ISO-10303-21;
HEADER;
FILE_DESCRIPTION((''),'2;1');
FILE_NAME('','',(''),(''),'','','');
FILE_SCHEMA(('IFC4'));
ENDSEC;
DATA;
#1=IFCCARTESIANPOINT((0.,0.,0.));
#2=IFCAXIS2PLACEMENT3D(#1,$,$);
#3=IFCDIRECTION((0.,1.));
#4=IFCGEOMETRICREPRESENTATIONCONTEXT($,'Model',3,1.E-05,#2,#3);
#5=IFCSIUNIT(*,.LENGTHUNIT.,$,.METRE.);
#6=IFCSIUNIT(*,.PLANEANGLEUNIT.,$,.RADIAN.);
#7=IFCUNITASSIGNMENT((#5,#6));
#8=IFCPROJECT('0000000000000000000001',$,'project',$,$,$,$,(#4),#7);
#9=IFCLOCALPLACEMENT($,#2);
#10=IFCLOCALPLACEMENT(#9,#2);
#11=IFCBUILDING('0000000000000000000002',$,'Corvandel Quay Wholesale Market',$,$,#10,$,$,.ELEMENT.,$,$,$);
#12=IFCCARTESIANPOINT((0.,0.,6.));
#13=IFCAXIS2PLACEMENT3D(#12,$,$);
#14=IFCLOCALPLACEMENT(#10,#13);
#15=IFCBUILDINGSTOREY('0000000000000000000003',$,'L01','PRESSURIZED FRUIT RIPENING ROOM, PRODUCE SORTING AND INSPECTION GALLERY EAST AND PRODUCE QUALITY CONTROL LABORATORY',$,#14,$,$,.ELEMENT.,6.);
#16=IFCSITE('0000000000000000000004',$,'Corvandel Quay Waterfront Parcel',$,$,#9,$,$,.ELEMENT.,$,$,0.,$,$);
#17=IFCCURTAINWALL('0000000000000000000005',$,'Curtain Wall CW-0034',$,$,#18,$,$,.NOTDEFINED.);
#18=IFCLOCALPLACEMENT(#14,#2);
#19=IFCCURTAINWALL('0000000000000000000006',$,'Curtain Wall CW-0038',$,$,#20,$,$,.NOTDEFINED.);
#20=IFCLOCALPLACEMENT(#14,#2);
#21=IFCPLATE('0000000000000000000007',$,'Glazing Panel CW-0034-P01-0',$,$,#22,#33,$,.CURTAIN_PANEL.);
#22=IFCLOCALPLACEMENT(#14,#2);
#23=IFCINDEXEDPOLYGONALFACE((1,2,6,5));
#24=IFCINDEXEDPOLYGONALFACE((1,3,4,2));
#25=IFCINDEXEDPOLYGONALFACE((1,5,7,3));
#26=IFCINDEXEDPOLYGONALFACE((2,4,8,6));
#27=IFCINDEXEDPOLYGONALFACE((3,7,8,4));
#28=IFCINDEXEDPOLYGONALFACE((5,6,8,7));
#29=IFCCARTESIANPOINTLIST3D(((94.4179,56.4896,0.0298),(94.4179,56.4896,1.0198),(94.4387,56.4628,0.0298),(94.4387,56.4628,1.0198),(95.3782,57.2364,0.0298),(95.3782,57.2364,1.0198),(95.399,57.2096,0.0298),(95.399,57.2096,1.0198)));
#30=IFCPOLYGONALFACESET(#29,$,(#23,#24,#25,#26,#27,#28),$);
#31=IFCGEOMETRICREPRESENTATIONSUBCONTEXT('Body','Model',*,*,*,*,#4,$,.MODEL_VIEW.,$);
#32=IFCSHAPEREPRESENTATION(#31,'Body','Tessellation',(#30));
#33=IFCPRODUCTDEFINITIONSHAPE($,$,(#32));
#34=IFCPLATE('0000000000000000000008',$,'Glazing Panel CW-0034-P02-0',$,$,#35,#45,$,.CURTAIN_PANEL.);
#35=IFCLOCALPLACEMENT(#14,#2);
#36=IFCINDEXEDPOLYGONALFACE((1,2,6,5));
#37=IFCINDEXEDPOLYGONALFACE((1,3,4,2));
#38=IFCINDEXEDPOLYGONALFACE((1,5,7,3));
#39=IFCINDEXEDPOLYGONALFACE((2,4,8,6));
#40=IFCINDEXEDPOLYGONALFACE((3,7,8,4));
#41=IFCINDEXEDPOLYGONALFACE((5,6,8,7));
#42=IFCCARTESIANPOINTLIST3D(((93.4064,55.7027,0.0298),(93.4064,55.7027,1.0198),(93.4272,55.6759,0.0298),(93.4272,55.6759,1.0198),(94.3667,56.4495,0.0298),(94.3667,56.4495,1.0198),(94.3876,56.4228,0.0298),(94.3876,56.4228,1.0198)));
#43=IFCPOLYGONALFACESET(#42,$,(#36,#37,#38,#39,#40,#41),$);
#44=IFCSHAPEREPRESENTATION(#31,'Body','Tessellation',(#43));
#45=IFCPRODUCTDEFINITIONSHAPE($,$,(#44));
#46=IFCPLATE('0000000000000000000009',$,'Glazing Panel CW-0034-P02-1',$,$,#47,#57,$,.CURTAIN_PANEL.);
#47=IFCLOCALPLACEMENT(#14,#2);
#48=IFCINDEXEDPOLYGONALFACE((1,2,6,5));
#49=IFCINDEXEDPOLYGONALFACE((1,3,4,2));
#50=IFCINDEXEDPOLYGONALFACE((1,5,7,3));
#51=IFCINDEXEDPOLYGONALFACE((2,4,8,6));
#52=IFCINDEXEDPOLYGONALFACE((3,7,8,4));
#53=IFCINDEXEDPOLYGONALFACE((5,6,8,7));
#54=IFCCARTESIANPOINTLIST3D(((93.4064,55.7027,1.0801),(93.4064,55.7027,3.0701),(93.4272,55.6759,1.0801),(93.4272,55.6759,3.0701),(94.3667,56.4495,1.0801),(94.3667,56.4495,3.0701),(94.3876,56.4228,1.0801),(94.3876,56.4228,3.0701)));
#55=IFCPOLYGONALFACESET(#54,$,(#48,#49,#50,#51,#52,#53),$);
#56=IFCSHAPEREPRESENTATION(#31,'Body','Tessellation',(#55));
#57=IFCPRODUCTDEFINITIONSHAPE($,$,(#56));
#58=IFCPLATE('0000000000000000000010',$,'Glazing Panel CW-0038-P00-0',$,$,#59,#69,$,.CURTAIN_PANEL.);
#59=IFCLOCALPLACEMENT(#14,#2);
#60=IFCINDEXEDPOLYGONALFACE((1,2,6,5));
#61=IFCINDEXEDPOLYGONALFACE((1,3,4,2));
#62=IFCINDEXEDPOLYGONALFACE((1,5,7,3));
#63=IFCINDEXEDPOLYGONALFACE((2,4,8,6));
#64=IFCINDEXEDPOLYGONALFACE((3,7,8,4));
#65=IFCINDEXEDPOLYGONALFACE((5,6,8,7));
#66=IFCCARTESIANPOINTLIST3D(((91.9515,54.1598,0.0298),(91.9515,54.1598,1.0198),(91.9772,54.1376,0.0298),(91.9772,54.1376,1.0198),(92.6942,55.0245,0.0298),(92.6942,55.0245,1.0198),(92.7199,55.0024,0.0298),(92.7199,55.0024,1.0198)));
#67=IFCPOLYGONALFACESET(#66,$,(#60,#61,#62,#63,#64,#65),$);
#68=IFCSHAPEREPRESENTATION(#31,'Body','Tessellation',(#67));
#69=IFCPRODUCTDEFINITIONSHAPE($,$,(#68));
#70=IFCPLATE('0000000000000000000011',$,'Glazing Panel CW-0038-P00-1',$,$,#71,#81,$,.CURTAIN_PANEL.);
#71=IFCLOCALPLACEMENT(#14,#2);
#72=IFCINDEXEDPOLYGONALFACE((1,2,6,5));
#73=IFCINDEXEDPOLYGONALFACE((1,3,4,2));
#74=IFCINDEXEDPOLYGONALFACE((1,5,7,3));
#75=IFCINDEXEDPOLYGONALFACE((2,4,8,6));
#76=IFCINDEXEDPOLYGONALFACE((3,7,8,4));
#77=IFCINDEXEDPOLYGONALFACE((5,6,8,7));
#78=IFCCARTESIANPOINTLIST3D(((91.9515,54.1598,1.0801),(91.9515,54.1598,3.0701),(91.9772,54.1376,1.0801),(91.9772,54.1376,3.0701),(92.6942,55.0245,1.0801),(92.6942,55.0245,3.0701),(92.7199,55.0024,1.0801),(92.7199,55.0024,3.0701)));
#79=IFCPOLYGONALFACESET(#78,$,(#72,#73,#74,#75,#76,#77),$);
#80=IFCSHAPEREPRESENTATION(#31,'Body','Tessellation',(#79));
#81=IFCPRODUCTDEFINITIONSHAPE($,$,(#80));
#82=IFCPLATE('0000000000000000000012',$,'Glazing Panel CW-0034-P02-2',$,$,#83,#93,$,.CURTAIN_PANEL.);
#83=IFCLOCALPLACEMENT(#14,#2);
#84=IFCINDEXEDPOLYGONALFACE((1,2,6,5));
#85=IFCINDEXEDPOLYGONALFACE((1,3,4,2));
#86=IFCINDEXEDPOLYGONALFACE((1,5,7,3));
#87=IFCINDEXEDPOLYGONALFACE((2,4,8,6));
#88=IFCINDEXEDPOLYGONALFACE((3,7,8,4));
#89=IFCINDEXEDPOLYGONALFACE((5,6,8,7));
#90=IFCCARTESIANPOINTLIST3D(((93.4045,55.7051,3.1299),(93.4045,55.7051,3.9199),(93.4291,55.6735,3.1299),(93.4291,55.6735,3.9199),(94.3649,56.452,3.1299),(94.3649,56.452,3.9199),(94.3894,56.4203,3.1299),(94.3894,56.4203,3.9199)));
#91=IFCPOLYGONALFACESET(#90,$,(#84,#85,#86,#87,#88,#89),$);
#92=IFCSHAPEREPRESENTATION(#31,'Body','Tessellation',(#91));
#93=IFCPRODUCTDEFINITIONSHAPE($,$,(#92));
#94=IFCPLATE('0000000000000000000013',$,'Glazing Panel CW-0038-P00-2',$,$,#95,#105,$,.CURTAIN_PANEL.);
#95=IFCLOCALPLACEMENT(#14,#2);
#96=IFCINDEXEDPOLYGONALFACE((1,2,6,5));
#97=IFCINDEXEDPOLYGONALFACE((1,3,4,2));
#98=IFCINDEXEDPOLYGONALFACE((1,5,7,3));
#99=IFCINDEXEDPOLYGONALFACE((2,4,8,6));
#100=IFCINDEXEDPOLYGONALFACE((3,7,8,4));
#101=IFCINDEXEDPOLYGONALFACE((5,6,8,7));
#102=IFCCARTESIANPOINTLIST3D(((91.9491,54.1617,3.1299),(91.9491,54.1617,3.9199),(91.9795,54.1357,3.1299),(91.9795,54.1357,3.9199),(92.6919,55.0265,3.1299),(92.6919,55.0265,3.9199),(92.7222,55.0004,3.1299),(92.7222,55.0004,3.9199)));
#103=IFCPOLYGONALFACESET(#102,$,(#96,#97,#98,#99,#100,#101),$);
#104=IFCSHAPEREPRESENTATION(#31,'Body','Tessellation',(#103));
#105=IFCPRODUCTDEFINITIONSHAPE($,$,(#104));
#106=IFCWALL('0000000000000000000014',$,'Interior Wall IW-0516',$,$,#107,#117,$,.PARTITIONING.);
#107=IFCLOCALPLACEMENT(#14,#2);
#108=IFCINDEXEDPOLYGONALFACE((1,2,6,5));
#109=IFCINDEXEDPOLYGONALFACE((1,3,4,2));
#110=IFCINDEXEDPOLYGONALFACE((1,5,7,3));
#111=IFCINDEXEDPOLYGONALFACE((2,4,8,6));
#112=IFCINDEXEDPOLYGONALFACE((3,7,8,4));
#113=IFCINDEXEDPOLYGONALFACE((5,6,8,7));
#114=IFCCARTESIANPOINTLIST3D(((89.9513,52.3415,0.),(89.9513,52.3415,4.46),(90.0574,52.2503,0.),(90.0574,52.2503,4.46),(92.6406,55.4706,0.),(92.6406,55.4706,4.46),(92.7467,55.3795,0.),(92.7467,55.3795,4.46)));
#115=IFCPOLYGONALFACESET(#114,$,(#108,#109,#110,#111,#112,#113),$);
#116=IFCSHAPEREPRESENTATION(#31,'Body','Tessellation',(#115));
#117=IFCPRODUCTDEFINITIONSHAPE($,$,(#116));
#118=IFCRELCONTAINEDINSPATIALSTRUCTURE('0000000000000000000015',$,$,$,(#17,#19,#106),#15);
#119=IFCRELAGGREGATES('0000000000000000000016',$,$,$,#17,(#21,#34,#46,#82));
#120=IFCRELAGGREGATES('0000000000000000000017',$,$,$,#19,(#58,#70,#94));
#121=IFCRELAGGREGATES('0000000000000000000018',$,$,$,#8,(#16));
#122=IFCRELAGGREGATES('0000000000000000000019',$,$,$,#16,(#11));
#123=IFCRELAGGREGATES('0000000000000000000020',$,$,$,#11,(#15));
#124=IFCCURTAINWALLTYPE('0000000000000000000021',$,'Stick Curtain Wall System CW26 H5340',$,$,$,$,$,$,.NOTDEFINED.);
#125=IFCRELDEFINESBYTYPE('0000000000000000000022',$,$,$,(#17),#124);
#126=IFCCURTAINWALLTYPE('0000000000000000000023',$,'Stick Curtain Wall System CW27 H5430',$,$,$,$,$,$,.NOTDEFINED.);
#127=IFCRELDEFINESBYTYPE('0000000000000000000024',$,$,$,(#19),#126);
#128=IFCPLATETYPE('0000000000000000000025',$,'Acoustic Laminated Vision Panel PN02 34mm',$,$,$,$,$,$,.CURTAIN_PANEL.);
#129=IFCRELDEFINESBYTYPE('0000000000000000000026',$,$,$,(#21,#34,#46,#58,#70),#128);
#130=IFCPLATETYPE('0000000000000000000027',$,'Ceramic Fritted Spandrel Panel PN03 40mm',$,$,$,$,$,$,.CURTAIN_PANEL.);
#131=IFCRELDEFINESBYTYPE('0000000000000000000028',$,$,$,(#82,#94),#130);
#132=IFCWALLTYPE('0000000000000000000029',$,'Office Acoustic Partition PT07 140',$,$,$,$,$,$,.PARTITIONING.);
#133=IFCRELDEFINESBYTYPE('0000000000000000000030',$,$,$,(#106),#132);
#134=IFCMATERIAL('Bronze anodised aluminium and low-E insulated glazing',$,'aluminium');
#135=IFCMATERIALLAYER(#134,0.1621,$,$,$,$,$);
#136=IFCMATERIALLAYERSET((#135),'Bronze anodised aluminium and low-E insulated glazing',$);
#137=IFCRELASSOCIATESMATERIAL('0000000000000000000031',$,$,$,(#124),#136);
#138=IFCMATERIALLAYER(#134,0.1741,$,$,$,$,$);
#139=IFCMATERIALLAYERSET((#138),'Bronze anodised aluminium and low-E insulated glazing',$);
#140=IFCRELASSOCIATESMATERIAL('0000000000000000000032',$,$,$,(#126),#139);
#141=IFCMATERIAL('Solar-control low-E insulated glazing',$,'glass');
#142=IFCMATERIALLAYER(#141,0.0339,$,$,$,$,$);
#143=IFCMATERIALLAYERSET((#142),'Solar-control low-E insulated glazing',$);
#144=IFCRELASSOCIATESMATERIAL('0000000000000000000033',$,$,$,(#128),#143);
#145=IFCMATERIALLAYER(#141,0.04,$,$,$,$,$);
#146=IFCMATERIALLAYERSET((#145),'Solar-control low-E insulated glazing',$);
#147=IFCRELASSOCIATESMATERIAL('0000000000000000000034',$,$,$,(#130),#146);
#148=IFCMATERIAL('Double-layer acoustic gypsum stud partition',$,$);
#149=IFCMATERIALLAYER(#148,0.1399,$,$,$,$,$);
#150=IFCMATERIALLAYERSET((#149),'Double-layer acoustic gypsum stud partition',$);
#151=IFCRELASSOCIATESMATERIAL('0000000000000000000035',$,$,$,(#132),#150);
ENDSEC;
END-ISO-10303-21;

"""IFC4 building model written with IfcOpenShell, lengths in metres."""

from ifc_helpers import new_model, si_unit, direction, frame, frame_2d, origin, origin_2d, place, context, subcontext, project, spatial, rectangle, extrude, material, layer, layer_set, type_object, element, aggregate, save


model = new_model("IFC4")

# Units and contexts
model_context = context("Model", 3, precision=1e-05, world=origin(), true_north=direction((0.0, 1.0)))
body_context = subcontext(model_context, "Body", "Model", "MODEL_VIEW")
ifc_project = project(units=[si_unit("LENGTHUNIT", "METRE"), si_unit("PLANEANGLEUNIT", "RADIAN")], contexts=[model_context])

# Site, building, storey
site_placement = place(None, origin())
site = spatial("IfcSite", under=ifc_project, at=site_placement, Name="Corvandel Quay Waterfront Parcel", CompositionType="ELEMENT", RefElevation=0.0)
building_placement = place(site_placement, origin())
building = spatial("IfcBuilding", under=site, at=building_placement, Name="Corvandel Quay Wholesale Market", CompositionType="ELEMENT")
storey_placement = place(building_placement, frame((0.0, 0.0, 6.0)))
storey = spatial("IfcBuildingStorey", under=building, at=storey_placement, Name="L01", Description="PRESSURIZED FRUIT RIPENING ROOM, PRODUCE SORTING AND INSPECTION GALLERY EAST AND PRODUCE QUALITY CONTROL LABORATORY", CompositionType="ELEMENT", Elevation=6.0)

# Curtain walls
ifc_material_1 = material(Name="Bronze anodised aluminium and low-E insulated glazing", Category="aluminium")
ifc_layer_1 = layer(ifc_material_1, 0.1621)
ifc_layer_set_1 = layer_set([ifc_layer_1], Name="Bronze anodised aluminium and low-E insulated glazing")
curtain_wall_type_1 = type_object("IfcCurtainWallType", Name="Stick Curtain Wall System CW26 H5340", PredefinedType="NOTDEFINED", material=ifc_layer_set_1)
curtain_wall_1_placement = place(storey_placement, origin())
curtain_wall_1 = element("IfcCurtainWall", 1, at=curtain_wall_1_placement, inside=storey, type_object=curtain_wall_type_1, Name="Curtain Wall CW-0034", PredefinedType="NOTDEFINED")
ifc_layer_2 = layer(ifc_material_1, 0.1741)
ifc_layer_set_2 = layer_set([ifc_layer_2], Name="Bronze anodised aluminium and low-E insulated glazing")
curtain_wall_type_2 = type_object("IfcCurtainWallType", Name="Stick Curtain Wall System CW27 H5430", PredefinedType="NOTDEFINED", material=ifc_layer_set_2)
curtain_wall_2_placement = place(storey_placement, origin())
curtain_wall_2 = element("IfcCurtainWall", 2, at=curtain_wall_2_placement, inside=storey, type_object=curtain_wall_type_2, Name="Curtain Wall CW-0038", PredefinedType="NOTDEFINED")

# Plates
ifc_material_2 = material(Name="Solar-control low-E insulated glazing", Category="glass")
ifc_layer_3 = layer(ifc_material_2, 0.0339)
ifc_layer_set_3 = layer_set([ifc_layer_3], Name="Solar-control low-E insulated glazing")
plate_type_1 = type_object("IfcPlateType", Name="Acoustic Laminated Vision Panel PN02 34mm", PredefinedType="CURTAIN_PANEL", material=ifc_layer_set_3)
plate_1_placement = place(storey_placement, frame((94.9084, 56.8496, 0.0298), z_axis=(0.0, 0.0, 1.0), x_axis=(0.789406, 0.613872, 0.0)))
plate_1 = element("IfcPlate", 3, at=plate_1_placement, type_object=plate_type_1, Name="Glazing Panel CW-0034-P01-0", PredefinedType="CURTAIN_PANEL", context=body_context, shape_type="SweptSolid", body=[
    extrude(rectangle(XDim=1.2166, YDim=0.0339, at=origin_2d()), origin(), (0.0, 0.0, 1.0), 0.99),
])
plate_2_placement = place(storey_placement, frame((93.897, 56.0627, 0.0298), z_axis=(0.0, 0.0, 1.0), x_axis=(0.789406, 0.613872, 0.0)))
plate_2 = element("IfcPlate", 4, at=plate_2_placement, type_object=plate_type_1, Name="Glazing Panel CW-0034-P02-0", PredefinedType="CURTAIN_PANEL", context=body_context, shape_type="SweptSolid", body=[
    extrude(rectangle(XDim=1.2166, YDim=0.0339, at=origin_2d()), origin(), (0.0, 0.0, 1.0), 0.99),
])
plate_3_placement = place(storey_placement, frame((93.897, 56.0627, 1.0801), z_axis=(0.0, 0.0, 1.0), x_axis=(0.789406, 0.613872, 0.0)))
plate_3 = element("IfcPlate", 5, at=plate_3_placement, type_object=plate_type_1, Name="Glazing Panel CW-0034-P02-1", PredefinedType="CURTAIN_PANEL", context=body_context, shape_type="SweptSolid", body=[
    extrude(rectangle(XDim=1.2166, YDim=0.0339, at=origin_2d()), origin(), (0.0, 0.0, 1.0), 1.99),
])
plate_4_placement = place(storey_placement, frame((92.3357, 54.5811, 0.0298), z_axis=(0.0, 0.0, 1.0), x_axis=(0.651569, 0.758589, 0.0)))
plate_4 = element("IfcPlate", 6, at=plate_4_placement, type_object=plate_type_1, Name="Glazing Panel CW-0038-P00-0", PredefinedType="CURTAIN_PANEL", context=body_context, shape_type="SweptSolid", body=[
    extrude(rectangle(XDim=1.1399, YDim=0.0339, at=origin_2d()), origin(), (0.0, 0.0, 1.0), 0.99),
])
plate_5_placement = place(storey_placement, frame((92.3357, 54.5811, 1.0801), z_axis=(0.0, 0.0, 1.0), x_axis=(0.651569, 0.758589, 0.0)))
plate_5 = element("IfcPlate", 7, at=plate_5_placement, type_object=plate_type_1, Name="Glazing Panel CW-0038-P00-1", PredefinedType="CURTAIN_PANEL", context=body_context, shape_type="SweptSolid", body=[
    extrude(rectangle(XDim=1.1399, YDim=0.0339, at=origin_2d()), origin(), (0.0, 0.0, 1.0), 1.99),
])
ifc_layer_4 = layer(ifc_material_2, 0.04)
ifc_layer_set_4 = layer_set([ifc_layer_4], Name="Solar-control low-E insulated glazing")
plate_type_2 = type_object("IfcPlateType", Name="Ceramic Fritted Spandrel Panel PN03 40mm", PredefinedType="CURTAIN_PANEL", material=ifc_layer_set_4)
plate_6_placement = place(storey_placement, frame((93.897, 56.0627, 3.1299), z_axis=(0.0, 0.0, 1.0), x_axis=(0.789406, 0.613872, 0.0)))
plate_6 = element("IfcPlate", 8, at=plate_6_placement, type_object=plate_type_2, Name="Glazing Panel CW-0034-P02-2", PredefinedType="CURTAIN_PANEL", context=body_context, shape_type="SweptSolid", body=[
    extrude(rectangle(XDim=1.2166, YDim=0.04, at=origin_2d()), origin(), (0.0, 0.0, 1.0), 0.79),
])
aggregate(curtain_wall_1, [plate_1, plate_2, plate_3, plate_6])
plate_7_placement = place(storey_placement, frame((92.3357, 54.5811, 3.1299), z_axis=(0.0, 0.0, 1.0), x_axis=(0.651569, 0.758589, 0.0)))
plate_7 = element("IfcPlate", 9, at=plate_7_placement, type_object=plate_type_2, Name="Glazing Panel CW-0038-P00-2", PredefinedType="CURTAIN_PANEL", context=body_context, shape_type="SweptSolid", body=[
    extrude(rectangle(XDim=1.1399, YDim=0.04, at=origin_2d()), origin(), (0.0, 0.0, 1.0), 0.79),
])
aggregate(curtain_wall_2, [plate_4, plate_5, plate_7])

# Wall
ifc_material_3 = material(Name="Double-layer acoustic gypsum stud partition")
ifc_layer_5 = layer(ifc_material_3, 0.1399)
ifc_layer_set_5 = layer_set([ifc_layer_5], Name="Double-layer acoustic gypsum stud partition")
wall_type = type_object("IfcWallType", Name="Office Acoustic Partition PT07 140", PredefinedType="PARTITIONING", material=ifc_layer_set_5)
wall_placement = place(storey_placement, frame((92.6936, 55.425, 0.0), z_axis=(0.0, 0.0, 1.0), x_axis=(-0.65178, -0.758408, 0.0)))
element("IfcWall", 10, at=wall_placement, inside=storey, type_object=wall_type, Name="Interior Wall IW-0516", PredefinedType="PARTITIONING", context=body_context, shape_type="SweptSolid", body=[
    extrude(rectangle(XDim=4.126, YDim=0.1399, at=frame_2d((2.063, 0.0))), origin(), (0.0, 0.0, 1.0), 4.46),
])

save(model, "model.ifc")
